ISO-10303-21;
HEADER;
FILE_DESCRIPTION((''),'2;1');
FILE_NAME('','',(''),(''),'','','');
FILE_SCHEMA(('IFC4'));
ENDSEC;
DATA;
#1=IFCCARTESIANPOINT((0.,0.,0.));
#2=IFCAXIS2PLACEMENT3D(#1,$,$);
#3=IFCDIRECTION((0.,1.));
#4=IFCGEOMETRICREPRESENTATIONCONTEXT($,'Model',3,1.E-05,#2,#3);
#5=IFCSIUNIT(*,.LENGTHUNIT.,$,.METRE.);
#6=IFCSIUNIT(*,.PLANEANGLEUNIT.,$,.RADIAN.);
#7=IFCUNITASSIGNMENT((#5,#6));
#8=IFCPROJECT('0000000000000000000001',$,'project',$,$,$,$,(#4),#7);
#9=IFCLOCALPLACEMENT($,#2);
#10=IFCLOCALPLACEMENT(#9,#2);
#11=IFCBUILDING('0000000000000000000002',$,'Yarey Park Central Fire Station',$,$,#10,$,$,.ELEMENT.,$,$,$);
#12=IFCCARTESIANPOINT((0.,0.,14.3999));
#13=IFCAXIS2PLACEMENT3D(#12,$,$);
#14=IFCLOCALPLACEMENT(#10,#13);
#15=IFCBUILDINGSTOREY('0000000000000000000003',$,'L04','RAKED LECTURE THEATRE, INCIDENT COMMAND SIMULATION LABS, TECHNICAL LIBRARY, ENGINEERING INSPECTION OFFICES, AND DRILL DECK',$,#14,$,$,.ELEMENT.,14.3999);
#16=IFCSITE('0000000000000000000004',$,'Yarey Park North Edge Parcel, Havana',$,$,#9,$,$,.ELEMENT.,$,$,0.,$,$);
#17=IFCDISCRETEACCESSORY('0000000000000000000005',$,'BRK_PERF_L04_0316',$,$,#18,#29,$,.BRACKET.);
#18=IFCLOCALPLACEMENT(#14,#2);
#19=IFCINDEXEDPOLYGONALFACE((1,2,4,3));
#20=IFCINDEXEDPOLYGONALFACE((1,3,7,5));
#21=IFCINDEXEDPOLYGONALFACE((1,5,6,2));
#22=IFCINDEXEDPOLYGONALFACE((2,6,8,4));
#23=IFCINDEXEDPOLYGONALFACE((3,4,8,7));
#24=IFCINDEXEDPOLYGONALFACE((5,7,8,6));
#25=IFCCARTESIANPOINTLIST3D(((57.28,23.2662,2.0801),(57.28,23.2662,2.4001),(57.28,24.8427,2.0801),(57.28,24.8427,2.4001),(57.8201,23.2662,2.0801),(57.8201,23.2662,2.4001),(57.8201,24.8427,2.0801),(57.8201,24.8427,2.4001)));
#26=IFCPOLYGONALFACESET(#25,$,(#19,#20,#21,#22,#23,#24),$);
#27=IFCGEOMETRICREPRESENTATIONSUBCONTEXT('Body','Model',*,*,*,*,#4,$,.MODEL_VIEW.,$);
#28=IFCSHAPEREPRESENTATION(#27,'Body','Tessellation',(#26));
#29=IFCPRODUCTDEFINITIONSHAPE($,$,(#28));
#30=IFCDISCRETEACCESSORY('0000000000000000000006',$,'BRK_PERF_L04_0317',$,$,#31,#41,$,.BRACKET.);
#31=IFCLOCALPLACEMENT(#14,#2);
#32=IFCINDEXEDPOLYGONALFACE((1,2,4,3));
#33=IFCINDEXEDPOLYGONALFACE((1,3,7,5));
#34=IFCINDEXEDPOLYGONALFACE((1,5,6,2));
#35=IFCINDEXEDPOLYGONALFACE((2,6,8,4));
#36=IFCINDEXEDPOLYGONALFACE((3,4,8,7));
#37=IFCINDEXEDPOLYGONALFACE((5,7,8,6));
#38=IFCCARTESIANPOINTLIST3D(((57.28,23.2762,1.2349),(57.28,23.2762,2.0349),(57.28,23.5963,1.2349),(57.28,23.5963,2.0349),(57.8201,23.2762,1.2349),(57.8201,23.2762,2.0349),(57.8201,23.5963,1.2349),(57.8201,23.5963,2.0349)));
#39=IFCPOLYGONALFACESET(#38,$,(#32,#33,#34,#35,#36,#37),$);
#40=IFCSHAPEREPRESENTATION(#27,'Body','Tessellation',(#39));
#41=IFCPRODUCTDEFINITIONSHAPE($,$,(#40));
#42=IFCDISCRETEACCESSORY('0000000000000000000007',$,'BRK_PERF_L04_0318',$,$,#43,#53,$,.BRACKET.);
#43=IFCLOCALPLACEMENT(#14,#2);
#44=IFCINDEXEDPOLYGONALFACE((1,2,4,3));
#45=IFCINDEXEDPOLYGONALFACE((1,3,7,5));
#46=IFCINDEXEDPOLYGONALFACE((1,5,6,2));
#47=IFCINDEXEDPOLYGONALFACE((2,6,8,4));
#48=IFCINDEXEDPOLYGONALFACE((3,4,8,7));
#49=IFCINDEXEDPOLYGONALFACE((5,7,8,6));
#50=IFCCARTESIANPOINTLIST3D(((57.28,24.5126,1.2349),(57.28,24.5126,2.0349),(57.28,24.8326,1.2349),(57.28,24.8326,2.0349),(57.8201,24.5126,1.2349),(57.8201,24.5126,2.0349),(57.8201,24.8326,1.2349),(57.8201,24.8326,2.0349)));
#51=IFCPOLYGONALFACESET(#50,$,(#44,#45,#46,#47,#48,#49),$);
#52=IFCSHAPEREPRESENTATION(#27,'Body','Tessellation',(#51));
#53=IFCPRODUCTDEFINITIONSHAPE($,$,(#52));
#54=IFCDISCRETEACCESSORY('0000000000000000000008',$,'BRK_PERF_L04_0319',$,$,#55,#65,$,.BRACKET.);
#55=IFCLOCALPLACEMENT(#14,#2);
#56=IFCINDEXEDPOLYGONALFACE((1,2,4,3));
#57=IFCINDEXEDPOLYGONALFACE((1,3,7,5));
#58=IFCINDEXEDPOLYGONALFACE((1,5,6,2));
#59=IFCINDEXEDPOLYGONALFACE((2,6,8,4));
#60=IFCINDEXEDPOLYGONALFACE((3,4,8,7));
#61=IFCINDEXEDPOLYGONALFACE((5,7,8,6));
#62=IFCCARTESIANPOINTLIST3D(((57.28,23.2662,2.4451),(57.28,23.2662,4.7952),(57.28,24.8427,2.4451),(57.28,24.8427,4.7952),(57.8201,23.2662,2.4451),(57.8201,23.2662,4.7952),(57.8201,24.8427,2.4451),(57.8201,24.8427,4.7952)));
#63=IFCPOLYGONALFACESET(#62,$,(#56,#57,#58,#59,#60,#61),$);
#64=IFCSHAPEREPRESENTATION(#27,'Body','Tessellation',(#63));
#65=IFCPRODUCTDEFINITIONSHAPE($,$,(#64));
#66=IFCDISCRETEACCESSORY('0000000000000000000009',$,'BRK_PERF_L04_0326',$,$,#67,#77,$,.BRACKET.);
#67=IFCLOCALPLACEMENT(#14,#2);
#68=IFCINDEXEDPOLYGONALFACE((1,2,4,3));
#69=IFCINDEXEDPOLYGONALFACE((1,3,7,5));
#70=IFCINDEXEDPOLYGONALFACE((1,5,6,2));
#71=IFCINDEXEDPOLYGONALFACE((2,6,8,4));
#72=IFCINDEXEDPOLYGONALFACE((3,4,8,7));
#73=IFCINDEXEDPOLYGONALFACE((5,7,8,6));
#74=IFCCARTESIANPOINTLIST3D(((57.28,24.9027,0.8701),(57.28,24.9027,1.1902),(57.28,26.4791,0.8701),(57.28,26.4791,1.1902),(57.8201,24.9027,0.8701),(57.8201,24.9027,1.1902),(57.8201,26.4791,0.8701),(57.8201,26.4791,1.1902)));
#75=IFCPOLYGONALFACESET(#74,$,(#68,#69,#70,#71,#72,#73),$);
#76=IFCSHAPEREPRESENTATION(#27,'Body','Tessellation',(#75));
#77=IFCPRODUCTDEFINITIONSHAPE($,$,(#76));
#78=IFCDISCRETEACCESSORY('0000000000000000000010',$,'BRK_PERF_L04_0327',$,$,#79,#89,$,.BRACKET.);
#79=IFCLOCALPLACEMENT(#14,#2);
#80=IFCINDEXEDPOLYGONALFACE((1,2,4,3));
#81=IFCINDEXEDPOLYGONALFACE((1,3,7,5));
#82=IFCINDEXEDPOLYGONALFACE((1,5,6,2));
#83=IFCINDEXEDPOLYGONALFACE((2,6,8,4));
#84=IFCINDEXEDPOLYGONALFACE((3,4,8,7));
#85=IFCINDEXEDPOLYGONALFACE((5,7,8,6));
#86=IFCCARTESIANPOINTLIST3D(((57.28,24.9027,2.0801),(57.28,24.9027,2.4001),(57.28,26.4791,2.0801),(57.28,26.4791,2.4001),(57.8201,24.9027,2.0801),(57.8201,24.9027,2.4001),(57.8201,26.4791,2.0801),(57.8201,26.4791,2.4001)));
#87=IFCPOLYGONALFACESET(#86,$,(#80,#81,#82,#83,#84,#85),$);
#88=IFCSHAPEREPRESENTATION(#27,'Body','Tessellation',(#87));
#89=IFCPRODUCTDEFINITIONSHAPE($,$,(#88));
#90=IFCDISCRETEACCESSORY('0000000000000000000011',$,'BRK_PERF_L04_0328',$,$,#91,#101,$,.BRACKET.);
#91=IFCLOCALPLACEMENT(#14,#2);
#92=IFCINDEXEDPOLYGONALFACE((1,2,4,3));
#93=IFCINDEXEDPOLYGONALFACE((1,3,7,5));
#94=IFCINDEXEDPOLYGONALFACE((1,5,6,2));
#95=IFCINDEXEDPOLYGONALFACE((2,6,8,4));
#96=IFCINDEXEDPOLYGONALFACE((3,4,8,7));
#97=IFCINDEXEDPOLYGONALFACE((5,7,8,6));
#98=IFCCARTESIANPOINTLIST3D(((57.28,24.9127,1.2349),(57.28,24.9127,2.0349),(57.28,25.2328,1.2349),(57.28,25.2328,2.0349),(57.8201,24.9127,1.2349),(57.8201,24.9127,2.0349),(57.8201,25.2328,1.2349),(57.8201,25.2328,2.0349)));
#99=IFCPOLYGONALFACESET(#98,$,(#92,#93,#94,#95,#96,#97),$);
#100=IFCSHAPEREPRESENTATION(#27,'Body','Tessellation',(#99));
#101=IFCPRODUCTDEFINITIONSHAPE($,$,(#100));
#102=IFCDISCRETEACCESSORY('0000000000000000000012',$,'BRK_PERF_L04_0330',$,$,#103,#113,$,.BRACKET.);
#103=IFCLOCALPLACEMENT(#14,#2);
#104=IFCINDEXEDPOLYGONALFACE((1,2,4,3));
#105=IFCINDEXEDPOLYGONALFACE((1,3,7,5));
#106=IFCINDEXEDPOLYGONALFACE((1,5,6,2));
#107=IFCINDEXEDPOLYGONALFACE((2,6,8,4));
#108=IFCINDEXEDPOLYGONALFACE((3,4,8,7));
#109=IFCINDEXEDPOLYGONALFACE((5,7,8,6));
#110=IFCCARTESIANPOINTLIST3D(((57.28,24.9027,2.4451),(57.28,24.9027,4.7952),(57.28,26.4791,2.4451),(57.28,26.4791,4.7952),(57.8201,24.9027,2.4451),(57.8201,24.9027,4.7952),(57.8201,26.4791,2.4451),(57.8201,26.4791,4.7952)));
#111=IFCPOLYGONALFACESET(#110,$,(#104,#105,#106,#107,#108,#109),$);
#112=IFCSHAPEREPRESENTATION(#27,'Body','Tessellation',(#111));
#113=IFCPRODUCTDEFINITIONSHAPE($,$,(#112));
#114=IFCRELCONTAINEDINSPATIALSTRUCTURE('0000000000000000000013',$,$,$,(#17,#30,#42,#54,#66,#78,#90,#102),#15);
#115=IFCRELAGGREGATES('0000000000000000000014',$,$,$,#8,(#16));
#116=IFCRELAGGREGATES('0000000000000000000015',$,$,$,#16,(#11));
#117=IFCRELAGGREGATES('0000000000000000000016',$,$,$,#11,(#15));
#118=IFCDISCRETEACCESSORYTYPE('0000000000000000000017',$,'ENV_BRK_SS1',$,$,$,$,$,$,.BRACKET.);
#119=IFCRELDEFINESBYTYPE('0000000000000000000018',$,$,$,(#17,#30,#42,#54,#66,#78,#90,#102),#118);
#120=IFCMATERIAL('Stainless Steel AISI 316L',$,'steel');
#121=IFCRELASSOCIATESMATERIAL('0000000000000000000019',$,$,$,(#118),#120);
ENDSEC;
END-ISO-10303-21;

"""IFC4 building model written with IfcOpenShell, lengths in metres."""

from ifc_helpers import new_model, si_unit, direction, frame, origin, origin_2d, place, context, subcontext, project, spatial, rectangle, extrude, material, type_object, element, save


model = new_model("IFC4")

# Units and contexts
model_context = context("Model", 3, precision=1e-05, world=origin(), true_north=direction((0.0, 1.0)))
body_context = subcontext(model_context, "Body", "Model", "MODEL_VIEW")
ifc_project = project(units=[si_unit("LENGTHUNIT", "METRE"), si_unit("PLANEANGLEUNIT", "RADIAN")], contexts=[model_context])

# Site, building, storey
site_placement = place(None, origin())
site = spatial("IfcSite", under=ifc_project, at=site_placement, Name="Yarey Park North Edge Parcel, Havana", CompositionType="ELEMENT", RefElevation=0.0)
building_placement = place(site_placement, origin())
building = spatial("IfcBuilding", under=site, at=building_placement, Name="Yarey Park Central Fire Station", CompositionType="ELEMENT")
storey_placement = place(building_placement, frame((0.0, 0.0, 14.3999)))
storey = spatial("IfcBuildingStorey", under=building, at=storey_placement, Name="L04", Description="RAKED LECTURE THEATRE, INCIDENT COMMAND SIMULATION LABS, TECHNICAL LIBRARY, ENGINEERING INSPECTION OFFICES, AND DRILL DECK", CompositionType="ELEMENT", Elevation=14.3999)

# Discrete accessories
ifc_material_1 = material(Name="Stainless Steel AISI 316L", Category="steel")
discrete_accessory_type = type_object("IfcDiscreteAccessoryType", Name="ENV_BRK_SS1", PredefinedType="BRACKET", material=ifc_material_1)
for number, where, z_axis, x_axis, name in (
    (1, (57.55, 24.0544, 2.0801), (0.0, 0.0, 1.0), (1.0, 0.0, 0.0), "BRK_PERF_L04_0316"),
):
    element("IfcDiscreteAccessory", number, at=place(storey_placement, frame(where, z_axis=z_axis, x_axis=x_axis)), inside=storey, type_object=discrete_accessory_type, Name=name, PredefinedType="BRACKET", context=body_context, shape_type="SweptSolid", body=[
        extrude(rectangle(XDim=0.54, YDim=1.5764, at=origin_2d()), origin(), (0.0, 0.0, 1.0), 0.3201),
    ])
for number, where, z_axis, x_axis, name in (
    (2, (57.55, 23.4363, 1.2349), (0.0, 0.0, 1.0), (1.0, 0.0, 0.0), "BRK_PERF_L04_0317"),
    (3, (57.55, 24.6726, 1.2349), (0.0, 0.0, 1.0), (1.0, 0.0, 0.0), "BRK_PERF_L04_0318"),
):
    element("IfcDiscreteAccessory", number, at=place(storey_placement, frame(where, z_axis=z_axis, x_axis=x_axis)), inside=storey, type_object=discrete_accessory_type, Name=name, PredefinedType="BRACKET", context=body_context, shape_type="SweptSolid", body=[
        extrude(rectangle(XDim=0.54, YDim=0.3201, at=origin_2d()), origin(), (0.0, 0.0, 1.0), 0.8),
    ])
discrete_accessory_1_placement = place(storey_placement, frame((57.55, 24.0544, 2.4451), z_axis=(0.0, 0.0, 1.0), x_axis=(1.0, 0.0, 0.0)))
element("IfcDiscreteAccessory", 4, at=discrete_accessory_1_placement, inside=storey, type_object=discrete_accessory_type, Name="BRK_PERF_L04_0319", PredefinedType="BRACKET", context=body_context, shape_type="SweptSolid", body=[
    extrude(rectangle(XDim=0.54, YDim=1.5764, at=origin_2d()), origin(), (0.0, 0.0, 1.0), 2.3501),
])
for number, where, z_axis, x_axis, name in (
    (5, (57.55, 25.6909, 0.8701), (0.0, 0.0, 1.0), (1.0, 0.0, 0.0), "BRK_PERF_L04_0326"),
    (6, (57.55, 25.6909, 2.0801), (0.0, 0.0, 1.0), (1.0, 0.0, 0.0), "BRK_PERF_L04_0327"),
):
    element("IfcDiscreteAccessory", number, at=place(storey_placement, frame(where, z_axis=z_axis, x_axis=x_axis)), inside=storey, type_object=discrete_accessory_type, Name=name, PredefinedType="BRACKET", context=body_context, shape_type="SweptSolid", body=[
        extrude(rectangle(XDim=0.54, YDim=1.5764, at=origin_2d()), origin(), (0.0, 0.0, 1.0), 0.3201),
    ])
discrete_accessory_2_placement = place(storey_placement, frame((57.55, 25.0728, 1.2349), z_axis=(0.0, 0.0, 1.0), x_axis=(1.0, 0.0, 0.0)))
element("IfcDiscreteAccessory", 7, at=discrete_accessory_2_placement, inside=storey, type_object=discrete_accessory_type, Name="BRK_PERF_L04_0328", PredefinedType="BRACKET", context=body_context, shape_type="SweptSolid", body=[
    extrude(rectangle(XDim=0.54, YDim=0.3201, at=origin_2d()), origin(), (0.0, 0.0, 1.0), 0.8),
])
discrete_accessory_3_placement = place(storey_placement, frame((57.55, 25.6909, 2.4451), z_axis=(0.0, 0.0, 1.0), x_axis=(1.0, 0.0, 0.0)))
element("IfcDiscreteAccessory", 8, at=discrete_accessory_3_placement, inside=storey, type_object=discrete_accessory_type, Name="BRK_PERF_L04_0330", PredefinedType="BRACKET", context=body_context, shape_type="SweptSolid", body=[
    extrude(rectangle(XDim=0.54, YDim=1.5764, at=origin_2d()), origin(), (0.0, 0.0, 1.0), 2.3501),
])

save(model, "model.ifc")
